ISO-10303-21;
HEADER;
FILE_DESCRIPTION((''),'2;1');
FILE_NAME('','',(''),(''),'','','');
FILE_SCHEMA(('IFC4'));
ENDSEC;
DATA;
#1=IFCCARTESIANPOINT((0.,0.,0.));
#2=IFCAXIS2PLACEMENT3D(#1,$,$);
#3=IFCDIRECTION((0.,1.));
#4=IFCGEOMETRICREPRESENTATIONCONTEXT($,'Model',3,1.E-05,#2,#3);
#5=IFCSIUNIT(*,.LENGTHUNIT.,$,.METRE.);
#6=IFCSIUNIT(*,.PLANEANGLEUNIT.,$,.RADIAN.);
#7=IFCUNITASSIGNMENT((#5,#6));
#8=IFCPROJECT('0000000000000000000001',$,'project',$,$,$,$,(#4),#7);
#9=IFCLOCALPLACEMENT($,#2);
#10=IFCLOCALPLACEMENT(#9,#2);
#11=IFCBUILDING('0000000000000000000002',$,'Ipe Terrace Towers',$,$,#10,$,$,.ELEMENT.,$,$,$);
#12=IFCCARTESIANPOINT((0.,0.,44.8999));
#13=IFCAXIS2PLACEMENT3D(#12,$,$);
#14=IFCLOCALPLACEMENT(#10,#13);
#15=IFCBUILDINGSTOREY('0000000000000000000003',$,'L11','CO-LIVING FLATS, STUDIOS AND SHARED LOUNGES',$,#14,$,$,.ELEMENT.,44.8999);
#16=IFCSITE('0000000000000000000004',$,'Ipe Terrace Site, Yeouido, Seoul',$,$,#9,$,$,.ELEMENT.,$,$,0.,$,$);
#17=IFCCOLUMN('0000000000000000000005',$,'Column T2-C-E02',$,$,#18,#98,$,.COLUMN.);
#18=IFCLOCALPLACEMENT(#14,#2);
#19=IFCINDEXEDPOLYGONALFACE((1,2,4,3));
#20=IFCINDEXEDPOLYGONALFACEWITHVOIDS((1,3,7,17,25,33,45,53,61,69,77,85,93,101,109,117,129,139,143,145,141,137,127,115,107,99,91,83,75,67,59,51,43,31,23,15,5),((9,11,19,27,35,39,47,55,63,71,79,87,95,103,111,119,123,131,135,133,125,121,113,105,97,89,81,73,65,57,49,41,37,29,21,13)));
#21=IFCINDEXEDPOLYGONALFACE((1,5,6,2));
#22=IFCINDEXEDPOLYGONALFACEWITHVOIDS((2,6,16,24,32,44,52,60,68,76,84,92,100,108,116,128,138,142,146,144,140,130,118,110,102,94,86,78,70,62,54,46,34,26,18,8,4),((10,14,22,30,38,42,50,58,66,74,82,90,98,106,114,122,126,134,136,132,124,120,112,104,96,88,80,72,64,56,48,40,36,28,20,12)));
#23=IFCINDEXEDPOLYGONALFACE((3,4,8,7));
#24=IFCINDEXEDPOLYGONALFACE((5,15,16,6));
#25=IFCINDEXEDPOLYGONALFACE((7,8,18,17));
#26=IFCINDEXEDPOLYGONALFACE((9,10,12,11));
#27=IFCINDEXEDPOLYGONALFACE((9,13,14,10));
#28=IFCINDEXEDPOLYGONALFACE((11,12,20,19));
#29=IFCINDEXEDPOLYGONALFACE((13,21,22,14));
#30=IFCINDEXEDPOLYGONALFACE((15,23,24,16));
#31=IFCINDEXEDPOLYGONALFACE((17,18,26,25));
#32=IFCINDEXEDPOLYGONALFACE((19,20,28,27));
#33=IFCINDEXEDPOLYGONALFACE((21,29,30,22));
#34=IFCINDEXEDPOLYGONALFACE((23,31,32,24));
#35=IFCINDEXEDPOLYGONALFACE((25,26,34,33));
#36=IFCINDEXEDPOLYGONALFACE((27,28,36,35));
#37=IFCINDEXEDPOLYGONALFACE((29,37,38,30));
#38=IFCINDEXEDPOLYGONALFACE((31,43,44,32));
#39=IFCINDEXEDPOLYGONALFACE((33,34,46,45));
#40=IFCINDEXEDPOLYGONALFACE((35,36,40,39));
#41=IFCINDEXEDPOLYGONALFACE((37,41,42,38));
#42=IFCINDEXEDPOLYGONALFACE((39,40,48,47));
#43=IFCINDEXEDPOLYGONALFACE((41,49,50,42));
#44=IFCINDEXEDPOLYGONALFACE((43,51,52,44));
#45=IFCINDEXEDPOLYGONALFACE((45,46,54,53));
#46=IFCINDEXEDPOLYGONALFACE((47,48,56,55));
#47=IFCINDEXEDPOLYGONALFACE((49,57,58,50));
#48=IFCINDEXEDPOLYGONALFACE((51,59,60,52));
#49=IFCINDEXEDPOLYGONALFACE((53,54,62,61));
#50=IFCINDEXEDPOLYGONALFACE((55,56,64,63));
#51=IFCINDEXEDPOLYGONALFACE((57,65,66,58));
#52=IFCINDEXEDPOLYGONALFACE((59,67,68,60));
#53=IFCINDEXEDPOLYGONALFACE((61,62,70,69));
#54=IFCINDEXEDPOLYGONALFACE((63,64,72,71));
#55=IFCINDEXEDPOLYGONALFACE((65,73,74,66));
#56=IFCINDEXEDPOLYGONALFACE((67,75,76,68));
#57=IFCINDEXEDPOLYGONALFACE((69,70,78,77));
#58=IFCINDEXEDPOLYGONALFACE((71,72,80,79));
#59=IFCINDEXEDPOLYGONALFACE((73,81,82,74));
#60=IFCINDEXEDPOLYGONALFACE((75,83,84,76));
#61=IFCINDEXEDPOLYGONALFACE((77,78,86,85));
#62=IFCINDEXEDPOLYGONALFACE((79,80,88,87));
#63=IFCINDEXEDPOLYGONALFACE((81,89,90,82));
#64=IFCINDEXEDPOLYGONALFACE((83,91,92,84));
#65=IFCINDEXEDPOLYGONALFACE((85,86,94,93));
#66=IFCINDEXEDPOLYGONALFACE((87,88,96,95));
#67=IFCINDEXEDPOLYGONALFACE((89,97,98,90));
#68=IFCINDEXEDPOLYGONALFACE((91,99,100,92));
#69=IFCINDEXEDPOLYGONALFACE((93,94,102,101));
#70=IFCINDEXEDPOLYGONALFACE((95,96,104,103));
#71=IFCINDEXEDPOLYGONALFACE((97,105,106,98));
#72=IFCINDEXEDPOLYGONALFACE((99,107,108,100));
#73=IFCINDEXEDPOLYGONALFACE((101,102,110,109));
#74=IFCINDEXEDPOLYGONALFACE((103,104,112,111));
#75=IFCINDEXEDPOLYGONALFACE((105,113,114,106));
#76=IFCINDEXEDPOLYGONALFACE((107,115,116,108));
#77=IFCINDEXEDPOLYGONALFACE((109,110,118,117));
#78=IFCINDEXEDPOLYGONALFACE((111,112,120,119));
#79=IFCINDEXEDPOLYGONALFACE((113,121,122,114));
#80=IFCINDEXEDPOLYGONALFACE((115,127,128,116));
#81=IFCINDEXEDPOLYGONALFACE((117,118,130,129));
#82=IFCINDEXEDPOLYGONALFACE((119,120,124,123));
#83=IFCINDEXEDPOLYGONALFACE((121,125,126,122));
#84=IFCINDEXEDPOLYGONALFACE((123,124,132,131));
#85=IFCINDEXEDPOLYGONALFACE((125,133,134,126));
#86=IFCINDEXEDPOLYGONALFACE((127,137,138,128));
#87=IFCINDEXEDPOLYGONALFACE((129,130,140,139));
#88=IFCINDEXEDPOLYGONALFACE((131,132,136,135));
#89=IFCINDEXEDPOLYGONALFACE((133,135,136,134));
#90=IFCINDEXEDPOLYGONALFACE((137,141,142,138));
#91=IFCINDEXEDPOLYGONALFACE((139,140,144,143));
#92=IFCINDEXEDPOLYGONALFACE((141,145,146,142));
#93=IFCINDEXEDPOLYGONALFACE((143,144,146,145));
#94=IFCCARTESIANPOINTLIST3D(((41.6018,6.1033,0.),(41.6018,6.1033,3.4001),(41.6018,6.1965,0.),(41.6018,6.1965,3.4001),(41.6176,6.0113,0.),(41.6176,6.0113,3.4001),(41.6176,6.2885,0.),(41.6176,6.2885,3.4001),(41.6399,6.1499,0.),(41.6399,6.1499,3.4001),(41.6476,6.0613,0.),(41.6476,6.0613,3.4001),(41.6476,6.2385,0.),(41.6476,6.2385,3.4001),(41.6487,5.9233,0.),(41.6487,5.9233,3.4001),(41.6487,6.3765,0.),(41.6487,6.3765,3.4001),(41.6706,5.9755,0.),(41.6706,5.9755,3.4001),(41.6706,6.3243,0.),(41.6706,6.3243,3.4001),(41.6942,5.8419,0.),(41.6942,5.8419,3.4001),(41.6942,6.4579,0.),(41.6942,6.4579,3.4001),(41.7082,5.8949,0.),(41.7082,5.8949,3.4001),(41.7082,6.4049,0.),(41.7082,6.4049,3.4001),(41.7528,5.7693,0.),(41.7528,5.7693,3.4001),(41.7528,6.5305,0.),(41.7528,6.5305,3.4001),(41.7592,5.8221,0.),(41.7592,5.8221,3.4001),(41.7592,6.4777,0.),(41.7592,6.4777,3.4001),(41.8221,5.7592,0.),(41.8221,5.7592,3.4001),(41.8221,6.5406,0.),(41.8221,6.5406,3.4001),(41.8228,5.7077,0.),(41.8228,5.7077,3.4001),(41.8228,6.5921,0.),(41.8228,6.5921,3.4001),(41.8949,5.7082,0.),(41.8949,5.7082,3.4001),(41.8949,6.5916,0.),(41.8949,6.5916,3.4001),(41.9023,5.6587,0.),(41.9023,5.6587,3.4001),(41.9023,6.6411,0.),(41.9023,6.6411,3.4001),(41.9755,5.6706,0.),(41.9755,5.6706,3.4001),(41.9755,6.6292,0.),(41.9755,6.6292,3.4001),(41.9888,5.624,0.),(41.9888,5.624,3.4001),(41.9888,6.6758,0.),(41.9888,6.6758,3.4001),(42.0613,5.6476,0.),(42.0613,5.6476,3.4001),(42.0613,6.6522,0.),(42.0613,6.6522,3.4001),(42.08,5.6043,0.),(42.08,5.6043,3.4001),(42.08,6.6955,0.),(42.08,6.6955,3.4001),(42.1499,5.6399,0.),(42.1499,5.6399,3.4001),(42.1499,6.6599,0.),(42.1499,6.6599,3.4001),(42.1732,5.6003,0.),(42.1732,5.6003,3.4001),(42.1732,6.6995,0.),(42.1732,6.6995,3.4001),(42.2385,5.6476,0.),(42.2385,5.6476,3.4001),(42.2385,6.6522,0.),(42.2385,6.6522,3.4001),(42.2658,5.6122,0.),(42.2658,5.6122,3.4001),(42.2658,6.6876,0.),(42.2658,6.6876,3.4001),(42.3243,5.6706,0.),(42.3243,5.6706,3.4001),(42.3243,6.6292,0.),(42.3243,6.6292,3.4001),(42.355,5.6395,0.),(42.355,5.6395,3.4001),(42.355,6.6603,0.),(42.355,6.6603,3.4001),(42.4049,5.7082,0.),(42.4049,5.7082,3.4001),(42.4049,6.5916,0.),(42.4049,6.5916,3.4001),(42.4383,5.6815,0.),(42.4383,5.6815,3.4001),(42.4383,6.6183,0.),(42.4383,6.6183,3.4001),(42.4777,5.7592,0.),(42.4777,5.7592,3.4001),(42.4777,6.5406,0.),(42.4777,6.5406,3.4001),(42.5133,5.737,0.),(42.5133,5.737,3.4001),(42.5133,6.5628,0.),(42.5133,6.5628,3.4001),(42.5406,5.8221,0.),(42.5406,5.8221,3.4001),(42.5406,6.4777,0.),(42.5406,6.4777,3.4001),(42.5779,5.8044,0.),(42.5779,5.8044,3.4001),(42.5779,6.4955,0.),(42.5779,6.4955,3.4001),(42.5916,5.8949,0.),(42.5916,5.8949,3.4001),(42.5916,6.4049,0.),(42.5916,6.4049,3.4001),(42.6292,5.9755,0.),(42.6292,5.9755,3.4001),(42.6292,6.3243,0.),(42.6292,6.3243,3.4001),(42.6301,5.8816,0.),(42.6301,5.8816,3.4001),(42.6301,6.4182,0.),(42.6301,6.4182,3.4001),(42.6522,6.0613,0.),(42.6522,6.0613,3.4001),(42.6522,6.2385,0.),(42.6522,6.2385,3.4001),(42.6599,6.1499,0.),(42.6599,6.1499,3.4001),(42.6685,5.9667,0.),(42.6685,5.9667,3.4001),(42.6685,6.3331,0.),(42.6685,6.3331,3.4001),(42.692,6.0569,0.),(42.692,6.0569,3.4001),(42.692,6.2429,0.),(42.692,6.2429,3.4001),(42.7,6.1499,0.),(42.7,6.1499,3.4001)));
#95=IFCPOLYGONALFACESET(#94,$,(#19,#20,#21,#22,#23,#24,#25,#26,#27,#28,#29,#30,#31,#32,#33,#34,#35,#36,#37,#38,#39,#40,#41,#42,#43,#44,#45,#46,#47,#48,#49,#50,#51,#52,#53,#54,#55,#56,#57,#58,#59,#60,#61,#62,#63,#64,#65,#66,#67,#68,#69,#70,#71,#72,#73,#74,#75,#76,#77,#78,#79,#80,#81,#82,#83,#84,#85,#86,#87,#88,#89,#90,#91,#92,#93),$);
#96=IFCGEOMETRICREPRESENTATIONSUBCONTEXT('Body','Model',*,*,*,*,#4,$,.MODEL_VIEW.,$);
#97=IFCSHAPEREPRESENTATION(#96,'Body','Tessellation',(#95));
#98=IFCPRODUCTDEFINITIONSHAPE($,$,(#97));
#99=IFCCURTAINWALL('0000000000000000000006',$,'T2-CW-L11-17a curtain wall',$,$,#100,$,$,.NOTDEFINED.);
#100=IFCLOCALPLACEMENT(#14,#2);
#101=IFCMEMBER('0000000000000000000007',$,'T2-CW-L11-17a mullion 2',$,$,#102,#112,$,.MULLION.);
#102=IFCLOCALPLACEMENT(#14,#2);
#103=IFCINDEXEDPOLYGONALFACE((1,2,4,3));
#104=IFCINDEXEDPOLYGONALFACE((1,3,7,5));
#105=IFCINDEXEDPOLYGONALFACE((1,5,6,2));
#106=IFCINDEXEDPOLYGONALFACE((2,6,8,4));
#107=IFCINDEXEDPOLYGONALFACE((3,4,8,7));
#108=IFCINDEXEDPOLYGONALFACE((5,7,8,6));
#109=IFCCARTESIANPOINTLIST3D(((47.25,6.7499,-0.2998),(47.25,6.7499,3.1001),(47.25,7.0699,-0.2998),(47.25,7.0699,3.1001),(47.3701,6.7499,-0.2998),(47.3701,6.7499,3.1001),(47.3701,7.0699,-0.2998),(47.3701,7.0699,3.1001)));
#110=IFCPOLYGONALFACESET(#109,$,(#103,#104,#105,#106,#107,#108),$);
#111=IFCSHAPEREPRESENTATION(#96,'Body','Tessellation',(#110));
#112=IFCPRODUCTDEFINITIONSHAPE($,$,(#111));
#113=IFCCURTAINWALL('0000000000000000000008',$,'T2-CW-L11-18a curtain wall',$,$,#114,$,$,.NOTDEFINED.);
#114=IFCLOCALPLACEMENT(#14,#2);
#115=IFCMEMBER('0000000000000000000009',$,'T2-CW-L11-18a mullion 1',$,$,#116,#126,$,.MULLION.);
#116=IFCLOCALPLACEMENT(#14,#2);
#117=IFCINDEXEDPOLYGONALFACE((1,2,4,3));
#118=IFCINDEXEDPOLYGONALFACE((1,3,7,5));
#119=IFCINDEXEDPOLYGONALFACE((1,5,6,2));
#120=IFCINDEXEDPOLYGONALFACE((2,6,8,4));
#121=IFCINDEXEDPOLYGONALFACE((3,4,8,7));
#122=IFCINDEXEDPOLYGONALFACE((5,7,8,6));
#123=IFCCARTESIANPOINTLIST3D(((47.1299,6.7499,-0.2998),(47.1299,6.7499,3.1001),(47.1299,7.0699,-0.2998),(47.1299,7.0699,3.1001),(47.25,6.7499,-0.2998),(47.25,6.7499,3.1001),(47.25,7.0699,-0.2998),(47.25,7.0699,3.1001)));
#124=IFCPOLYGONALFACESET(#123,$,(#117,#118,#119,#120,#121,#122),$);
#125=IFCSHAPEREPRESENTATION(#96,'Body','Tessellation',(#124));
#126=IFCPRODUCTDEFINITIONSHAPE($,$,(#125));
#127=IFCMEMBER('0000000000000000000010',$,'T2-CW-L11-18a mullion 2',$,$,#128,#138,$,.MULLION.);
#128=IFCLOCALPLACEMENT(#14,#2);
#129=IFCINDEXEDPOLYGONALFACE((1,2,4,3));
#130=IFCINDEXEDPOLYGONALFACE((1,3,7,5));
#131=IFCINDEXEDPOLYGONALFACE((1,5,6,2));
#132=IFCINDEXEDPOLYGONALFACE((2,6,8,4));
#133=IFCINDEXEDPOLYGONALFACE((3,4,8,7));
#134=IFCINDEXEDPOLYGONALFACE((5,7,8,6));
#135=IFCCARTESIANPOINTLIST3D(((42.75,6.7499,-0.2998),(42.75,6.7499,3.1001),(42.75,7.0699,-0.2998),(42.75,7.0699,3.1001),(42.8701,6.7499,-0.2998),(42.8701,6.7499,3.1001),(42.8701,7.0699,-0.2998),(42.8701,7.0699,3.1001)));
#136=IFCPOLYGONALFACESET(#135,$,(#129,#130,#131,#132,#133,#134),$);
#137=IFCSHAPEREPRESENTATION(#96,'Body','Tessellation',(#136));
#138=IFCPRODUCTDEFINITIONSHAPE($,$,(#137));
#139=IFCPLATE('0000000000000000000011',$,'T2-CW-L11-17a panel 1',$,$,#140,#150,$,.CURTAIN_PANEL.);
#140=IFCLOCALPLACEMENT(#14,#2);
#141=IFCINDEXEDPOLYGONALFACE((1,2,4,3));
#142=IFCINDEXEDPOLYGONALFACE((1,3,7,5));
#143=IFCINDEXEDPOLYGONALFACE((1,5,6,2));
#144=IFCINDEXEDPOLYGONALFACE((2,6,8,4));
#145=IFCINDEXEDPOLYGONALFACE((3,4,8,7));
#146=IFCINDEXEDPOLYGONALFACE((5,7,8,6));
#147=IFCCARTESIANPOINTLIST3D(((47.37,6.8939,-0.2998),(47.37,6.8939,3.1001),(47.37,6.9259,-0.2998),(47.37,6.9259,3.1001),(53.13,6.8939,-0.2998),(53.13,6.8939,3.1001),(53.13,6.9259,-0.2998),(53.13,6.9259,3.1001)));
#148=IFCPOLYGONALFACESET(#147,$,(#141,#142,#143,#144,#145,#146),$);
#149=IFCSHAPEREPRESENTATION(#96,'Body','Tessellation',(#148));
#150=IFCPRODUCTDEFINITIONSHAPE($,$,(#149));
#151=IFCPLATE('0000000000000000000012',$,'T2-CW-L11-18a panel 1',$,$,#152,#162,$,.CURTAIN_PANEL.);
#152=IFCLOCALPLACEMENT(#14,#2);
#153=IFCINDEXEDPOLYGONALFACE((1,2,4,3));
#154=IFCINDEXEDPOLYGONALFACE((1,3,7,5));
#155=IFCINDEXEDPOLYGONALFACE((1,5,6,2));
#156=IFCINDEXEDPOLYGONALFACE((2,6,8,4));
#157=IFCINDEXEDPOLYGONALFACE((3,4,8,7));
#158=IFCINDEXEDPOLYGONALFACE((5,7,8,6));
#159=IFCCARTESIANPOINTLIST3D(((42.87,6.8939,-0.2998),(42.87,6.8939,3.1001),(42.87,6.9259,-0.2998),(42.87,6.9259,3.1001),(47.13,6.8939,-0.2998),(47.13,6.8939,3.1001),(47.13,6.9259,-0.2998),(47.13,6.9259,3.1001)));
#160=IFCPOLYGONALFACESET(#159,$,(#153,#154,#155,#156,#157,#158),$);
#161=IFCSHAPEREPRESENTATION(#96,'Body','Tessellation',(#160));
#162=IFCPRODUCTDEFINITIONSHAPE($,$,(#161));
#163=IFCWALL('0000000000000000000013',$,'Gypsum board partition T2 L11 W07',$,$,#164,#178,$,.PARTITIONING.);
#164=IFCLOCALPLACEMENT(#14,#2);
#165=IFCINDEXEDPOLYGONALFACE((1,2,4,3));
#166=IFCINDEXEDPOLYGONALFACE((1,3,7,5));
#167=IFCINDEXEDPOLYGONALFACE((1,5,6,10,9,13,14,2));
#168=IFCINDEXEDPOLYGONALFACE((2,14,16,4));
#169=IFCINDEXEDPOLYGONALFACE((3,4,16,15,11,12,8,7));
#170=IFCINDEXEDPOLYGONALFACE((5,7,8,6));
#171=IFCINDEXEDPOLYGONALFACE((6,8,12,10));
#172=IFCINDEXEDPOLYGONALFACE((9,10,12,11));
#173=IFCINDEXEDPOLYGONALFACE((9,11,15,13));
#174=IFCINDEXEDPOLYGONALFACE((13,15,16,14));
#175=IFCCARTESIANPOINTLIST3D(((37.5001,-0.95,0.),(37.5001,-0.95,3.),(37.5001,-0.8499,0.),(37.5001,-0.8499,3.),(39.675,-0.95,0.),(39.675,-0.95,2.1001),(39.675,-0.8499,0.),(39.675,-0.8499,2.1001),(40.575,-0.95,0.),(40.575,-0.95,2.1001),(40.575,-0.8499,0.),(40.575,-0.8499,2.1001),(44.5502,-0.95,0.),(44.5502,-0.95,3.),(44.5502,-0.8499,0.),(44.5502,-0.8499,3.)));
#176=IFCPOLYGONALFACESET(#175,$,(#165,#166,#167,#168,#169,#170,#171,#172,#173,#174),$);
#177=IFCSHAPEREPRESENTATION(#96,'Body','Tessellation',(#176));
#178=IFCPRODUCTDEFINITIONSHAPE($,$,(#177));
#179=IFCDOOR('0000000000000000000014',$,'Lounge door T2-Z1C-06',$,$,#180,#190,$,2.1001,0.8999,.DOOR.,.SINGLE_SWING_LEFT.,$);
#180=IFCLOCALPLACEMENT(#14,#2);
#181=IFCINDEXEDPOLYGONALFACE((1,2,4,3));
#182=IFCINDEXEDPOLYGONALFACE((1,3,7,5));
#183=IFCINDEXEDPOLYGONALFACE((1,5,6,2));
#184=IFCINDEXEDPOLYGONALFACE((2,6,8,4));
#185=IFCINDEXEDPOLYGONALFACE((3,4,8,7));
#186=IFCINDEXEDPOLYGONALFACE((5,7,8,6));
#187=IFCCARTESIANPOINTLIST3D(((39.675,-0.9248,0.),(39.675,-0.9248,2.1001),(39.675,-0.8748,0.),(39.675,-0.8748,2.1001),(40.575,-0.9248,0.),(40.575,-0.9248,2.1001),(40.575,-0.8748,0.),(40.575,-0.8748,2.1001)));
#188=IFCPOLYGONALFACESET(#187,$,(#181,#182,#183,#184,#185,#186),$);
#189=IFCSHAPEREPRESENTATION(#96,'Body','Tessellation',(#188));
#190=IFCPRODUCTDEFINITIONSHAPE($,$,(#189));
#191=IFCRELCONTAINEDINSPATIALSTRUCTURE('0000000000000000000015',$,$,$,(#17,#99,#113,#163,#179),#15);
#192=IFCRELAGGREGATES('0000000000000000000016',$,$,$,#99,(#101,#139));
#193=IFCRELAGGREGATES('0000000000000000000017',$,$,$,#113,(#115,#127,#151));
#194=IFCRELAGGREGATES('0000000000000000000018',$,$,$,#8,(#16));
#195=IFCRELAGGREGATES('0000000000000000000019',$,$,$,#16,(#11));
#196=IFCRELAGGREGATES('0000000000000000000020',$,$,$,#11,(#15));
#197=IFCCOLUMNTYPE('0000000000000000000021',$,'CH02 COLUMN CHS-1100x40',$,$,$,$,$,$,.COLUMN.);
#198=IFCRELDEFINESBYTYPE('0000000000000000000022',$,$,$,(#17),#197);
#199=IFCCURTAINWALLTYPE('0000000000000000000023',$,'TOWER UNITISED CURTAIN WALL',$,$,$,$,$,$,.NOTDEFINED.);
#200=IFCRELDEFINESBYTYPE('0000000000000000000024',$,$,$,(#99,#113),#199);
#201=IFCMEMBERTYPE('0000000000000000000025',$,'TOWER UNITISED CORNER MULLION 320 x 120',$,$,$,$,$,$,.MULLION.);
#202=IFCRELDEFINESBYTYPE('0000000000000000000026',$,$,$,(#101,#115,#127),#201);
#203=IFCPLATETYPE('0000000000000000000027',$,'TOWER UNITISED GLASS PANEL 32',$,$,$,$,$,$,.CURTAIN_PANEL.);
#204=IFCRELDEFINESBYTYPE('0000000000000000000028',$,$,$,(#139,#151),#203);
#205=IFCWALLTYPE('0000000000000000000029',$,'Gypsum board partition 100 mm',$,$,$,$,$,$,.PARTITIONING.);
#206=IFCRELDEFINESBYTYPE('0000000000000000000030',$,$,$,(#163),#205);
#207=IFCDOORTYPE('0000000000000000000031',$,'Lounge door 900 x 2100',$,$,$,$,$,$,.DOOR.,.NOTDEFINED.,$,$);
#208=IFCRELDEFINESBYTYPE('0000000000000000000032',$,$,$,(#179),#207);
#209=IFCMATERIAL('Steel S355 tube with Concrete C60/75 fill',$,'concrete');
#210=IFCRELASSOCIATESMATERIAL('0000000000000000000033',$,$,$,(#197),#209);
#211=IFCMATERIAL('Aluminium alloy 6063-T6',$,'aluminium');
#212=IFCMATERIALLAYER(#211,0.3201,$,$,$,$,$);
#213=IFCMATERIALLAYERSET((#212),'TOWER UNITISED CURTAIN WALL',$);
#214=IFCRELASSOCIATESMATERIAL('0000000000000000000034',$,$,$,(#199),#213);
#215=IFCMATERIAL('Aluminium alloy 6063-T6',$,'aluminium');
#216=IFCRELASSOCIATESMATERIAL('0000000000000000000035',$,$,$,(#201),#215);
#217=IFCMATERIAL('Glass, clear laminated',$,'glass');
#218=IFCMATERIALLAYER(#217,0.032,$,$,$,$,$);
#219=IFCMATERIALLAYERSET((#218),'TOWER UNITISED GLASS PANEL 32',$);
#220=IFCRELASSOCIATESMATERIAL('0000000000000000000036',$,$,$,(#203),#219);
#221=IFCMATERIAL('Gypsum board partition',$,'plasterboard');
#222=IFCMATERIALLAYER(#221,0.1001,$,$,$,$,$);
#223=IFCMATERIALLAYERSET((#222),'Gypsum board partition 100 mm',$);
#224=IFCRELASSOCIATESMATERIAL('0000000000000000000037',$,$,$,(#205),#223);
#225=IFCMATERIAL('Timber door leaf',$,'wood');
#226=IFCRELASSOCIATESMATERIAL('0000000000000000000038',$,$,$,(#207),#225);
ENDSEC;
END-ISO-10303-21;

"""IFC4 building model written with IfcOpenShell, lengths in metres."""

from ifc_helpers import new_model, si_unit, direction, frame, frame_2d, origin, origin_2d, place, context, subcontext, project, spatial, rectangle, hollow_circle, extrude, material, layer, layer_set, material_profile, profile_set, type_object, element, fill, aggregate, save


model = new_model("IFC4")

# Units and contexts
model_context = context("Model", 3, precision=1e-05, world=origin(), true_north=direction((0.0, 1.0)))
body_context = subcontext(model_context, "Body", "Model", "MODEL_VIEW")
ifc_project = project(units=[si_unit("LENGTHUNIT", "METRE"), si_unit("PLANEANGLEUNIT", "RADIAN")], contexts=[model_context])

# Site, building, storey
site_placement = place(None, origin())
site = spatial("IfcSite", under=ifc_project, at=site_placement, Name="Ipe Terrace Site, Yeouido, Seoul", CompositionType="ELEMENT", RefElevation=0.0)
building_placement = place(site_placement, origin())
building = spatial("IfcBuilding", under=site, at=building_placement, Name="Ipe Terrace Towers", CompositionType="ELEMENT")
storey_placement = place(building_placement, frame((0.0, 0.0, 44.8999)))
storey = spatial("IfcBuildingStorey", under=building, at=storey_placement, Name="L11", Description="CO-LIVING FLATS, STUDIOS AND SHARED LOUNGES", CompositionType="ELEMENT", Elevation=44.8999)

# Column
ifc_material_1 = material(Name="Steel S355 tube with Concrete C60/75 fill", Category="concrete")
ifc_material_profile_1 = material_profile(ifc_material_1, hollow_circle(Radius=0.55, WallThickness=0.04, at=origin_2d()), Name="CHS-1100x40")
ifc_profile_set_1 = profile_set([ifc_material_profile_1], Name="Steel S355 tube with Concrete C60/75 fill")
column_type = type_object("IfcColumnType", Name="CH02 COLUMN CHS-1100x40", PredefinedType="COLUMN", material=ifc_profile_set_1)
column_placement = place(storey_placement, frame((42.1499, 6.1499, 0.0), z_axis=(0.0, 0.0, 1.0), x_axis=(1.0, 0.0, 0.0)))
element("IfcColumn", 1, at=column_placement, inside=storey, type_object=column_type, Name="Column T2-C-E02", PredefinedType="COLUMN", context=body_context, shape_type="SweptSolid", body=[
    extrude(hollow_circle(Radius=0.55, WallThickness=0.04, at=origin_2d()), origin(), (0.0, 0.0, 1.0), 3.4001),
])

# Curtain wall, member
ifc_material_2 = material(Name="Aluminium alloy 6063-T6", Category="aluminium")
ifc_layer_1 = layer(ifc_material_2, 0.3201)
ifc_layer_set_1 = layer_set([ifc_layer_1], Name="TOWER UNITISED CURTAIN WALL")
curtain_wall_type = type_object("IfcCurtainWallType", Name="TOWER UNITISED CURTAIN WALL", PredefinedType="NOTDEFINED", material=ifc_layer_set_1)
curtain_wall_1_placement = place(storey_placement, origin())
curtain_wall_1 = element("IfcCurtainWall", 2, at=curtain_wall_1_placement, inside=storey, type_object=curtain_wall_type, Name="T2-CW-L11-17a curtain wall", PredefinedType="NOTDEFINED")
ifc_material_3 = material(Name="Aluminium alloy 6063-T6", Category="aluminium")
ifc_material_profile_2 = material_profile(ifc_material_3, rectangle(XDim=0.3201, YDim=0.1201, at=origin_2d()), Name="TOWER UNITISED CORNER MULLION 320 x 120")
ifc_profile_set_2 = profile_set([ifc_material_profile_2], Name="Aluminium alloy 6063-T6")
member_type = type_object("IfcMemberType", Name="TOWER UNITISED CORNER MULLION 320 x 120", PredefinedType="MULLION", material=ifc_profile_set_2)
member_1_placement = place(storey_placement, frame((47.3101, 6.9099, -0.2998), z_axis=(0.0, 0.0, 1.0), x_axis=(0.0, 1.0, 0.0)))
member_1 = element("IfcMember", 3, at=member_1_placement, type_object=member_type, Name="T2-CW-L11-17a mullion 2", PredefinedType="MULLION", context=body_context, shape_type="SweptSolid", body=[
    extrude(rectangle(XDim=0.3201, YDim=0.1201, at=origin_2d()), origin(), (0.0, 0.0, 1.0), 3.3999),
])

# Curtain wall, members
curtain_wall_2_placement = place(storey_placement, origin())
curtain_wall_2 = element("IfcCurtainWall", 4, at=curtain_wall_2_placement, inside=storey, type_object=curtain_wall_type, Name="T2-CW-L11-18a curtain wall", PredefinedType="NOTDEFINED")
member_2_placement = place(storey_placement, frame((47.1899, 6.9099, -0.2998), z_axis=(0.0, 0.0, 1.0), x_axis=(0.0, 1.0, 0.0)))
member_2 = element("IfcMember", 5, at=member_2_placement, type_object=member_type, Name="T2-CW-L11-18a mullion 1", PredefinedType="MULLION", context=body_context, shape_type="SweptSolid", body=[
    extrude(rectangle(XDim=0.3201, YDim=0.1201, at=origin_2d()), origin(), (0.0, 0.0, 1.0), 3.3999),
])
member_3_placement = place(storey_placement, frame((42.8101, 6.9099, -0.2998), z_axis=(0.0, 0.0, 1.0), x_axis=(0.0, 1.0, 0.0)))
member_3 = element("IfcMember", 6, at=member_3_placement, type_object=member_type, Name="T2-CW-L11-18a mullion 2", PredefinedType="MULLION", context=body_context, shape_type="SweptSolid", body=[
    extrude(rectangle(XDim=0.3201, YDim=0.1201, at=origin_2d()), origin(), (0.0, 0.0, 1.0), 3.3999),
])

# Plates
ifc_material_4 = material(Name="Glass, clear laminated", Category="glass")
ifc_layer_2 = layer(ifc_material_4, 0.032)
ifc_layer_set_2 = layer_set([ifc_layer_2], Name="TOWER UNITISED GLASS PANEL 32")
plate_type = type_object("IfcPlateType", Name="TOWER UNITISED GLASS PANEL 32", PredefinedType="CURTAIN_PANEL", material=ifc_layer_set_2)
plate_1_placement = place(storey_placement, frame((50.25, 6.9099, -0.2998), z_axis=(0.0, 0.0, 1.0), x_axis=(-1.0, 0.0, 0.0)))
plate_1 = element("IfcPlate", 7, at=plate_1_placement, type_object=plate_type, Name="T2-CW-L11-17a panel 1", PredefinedType="CURTAIN_PANEL", context=body_context, shape_type="SweptSolid", body=[
    extrude(rectangle(XDim=5.76, YDim=0.032, at=origin_2d()), origin(), (0.0, 0.0, 1.0), 3.3999),
])
aggregate(curtain_wall_1, [member_1, plate_1])
plate_2_placement = place(storey_placement, frame((45.0, 6.9099, -0.2998), z_axis=(0.0, 0.0, 1.0), x_axis=(-1.0, 0.0, 0.0)))
plate_2 = element("IfcPlate", 8, at=plate_2_placement, type_object=plate_type, Name="T2-CW-L11-18a panel 1", PredefinedType="CURTAIN_PANEL", context=body_context, shape_type="SweptSolid", body=[
    extrude(rectangle(XDim=4.26, YDim=0.032, at=origin_2d()), origin(), (0.0, 0.0, 1.0), 3.3999),
])
aggregate(curtain_wall_2, [member_2, member_3, plate_2])

# Wall, opening, door
ifc_material_5 = material(Name="Gypsum board partition", Category="plasterboard")
ifc_layer_3 = layer(ifc_material_5, 0.1001)
ifc_layer_set_3 = layer_set([ifc_layer_3], Name="Gypsum board partition 100 mm")
wall_type = type_object("IfcWallType", Name="Gypsum board partition 100 mm", PredefinedType="PARTITIONING", material=ifc_layer_set_3)
wall_1_placement = place(storey_placement, frame((44.55, -0.8999, 0.0), z_axis=(0.0, 0.0, 1.0), x_axis=(-1.0, 0.0, 0.0)))
wall_1 = element("IfcWall", 9, at=wall_1_placement, inside=storey, type_object=wall_type, Name="Gypsum board partition T2 L11 W07", PredefinedType="PARTITIONING", context=body_context, shape_type="SweptSolid", body=[
    extrude(rectangle(XDim=7.05, YDim=0.1001, at=frame_2d((3.5249, 0.0))), origin(), (0.0, 0.0, 1.0), 3.0),
])
opening_1_placement = place(wall_1_placement, frame((3.9751, 0.0, 0.0)))
opening_1 = element("IfcOpeningElement", 10, at=opening_1_placement, cuts=wall_1, PredefinedType="OPENING", context=body_context, shape_type="SweptSolid", body=[
    extrude(rectangle(XDim=0.8999, YDim=2.1001, at=frame_2d((0.45, 1.05))), frame((0.0, 0.0601, 0.0), z_axis=(0.0, -1.0, 0.0), x_axis=(1.0, 0.0, 0.0)), (0.0, 0.0, 1.0), 0.1201),
])
ifc_material_6 = material(Name="Timber door leaf", Category="wood")
door_type_1 = type_object("IfcDoorType", Name="Lounge door 900 x 2100", OperationType="NOTDEFINED", PredefinedType="DOOR", material=ifc_material_6)
door_1_placement = place(opening_1_placement, origin())
door_1 = element("IfcDoor", 11, at=door_1_placement, inside=storey, type_object=door_type_1, Name="Lounge door T2-Z1C-06", OperationType="SINGLE_SWING_LEFT", OverallHeight=2.1001, OverallWidth=0.8999, PredefinedType="DOOR", context=body_context, shape_type="SweptSolid", body=[
    extrude(rectangle(XDim=0.8999, YDim=2.1001, at=frame_2d((0.45, 1.05))), frame((0.0, 0.0249, 0.0), z_axis=(0.0, -1.0, 0.0), x_axis=(1.0, 0.0, 0.0)), (0.0, 0.0, 1.0), 0.05),
])
fill(opening_1, door_1)

save(model, "model.ifc")
